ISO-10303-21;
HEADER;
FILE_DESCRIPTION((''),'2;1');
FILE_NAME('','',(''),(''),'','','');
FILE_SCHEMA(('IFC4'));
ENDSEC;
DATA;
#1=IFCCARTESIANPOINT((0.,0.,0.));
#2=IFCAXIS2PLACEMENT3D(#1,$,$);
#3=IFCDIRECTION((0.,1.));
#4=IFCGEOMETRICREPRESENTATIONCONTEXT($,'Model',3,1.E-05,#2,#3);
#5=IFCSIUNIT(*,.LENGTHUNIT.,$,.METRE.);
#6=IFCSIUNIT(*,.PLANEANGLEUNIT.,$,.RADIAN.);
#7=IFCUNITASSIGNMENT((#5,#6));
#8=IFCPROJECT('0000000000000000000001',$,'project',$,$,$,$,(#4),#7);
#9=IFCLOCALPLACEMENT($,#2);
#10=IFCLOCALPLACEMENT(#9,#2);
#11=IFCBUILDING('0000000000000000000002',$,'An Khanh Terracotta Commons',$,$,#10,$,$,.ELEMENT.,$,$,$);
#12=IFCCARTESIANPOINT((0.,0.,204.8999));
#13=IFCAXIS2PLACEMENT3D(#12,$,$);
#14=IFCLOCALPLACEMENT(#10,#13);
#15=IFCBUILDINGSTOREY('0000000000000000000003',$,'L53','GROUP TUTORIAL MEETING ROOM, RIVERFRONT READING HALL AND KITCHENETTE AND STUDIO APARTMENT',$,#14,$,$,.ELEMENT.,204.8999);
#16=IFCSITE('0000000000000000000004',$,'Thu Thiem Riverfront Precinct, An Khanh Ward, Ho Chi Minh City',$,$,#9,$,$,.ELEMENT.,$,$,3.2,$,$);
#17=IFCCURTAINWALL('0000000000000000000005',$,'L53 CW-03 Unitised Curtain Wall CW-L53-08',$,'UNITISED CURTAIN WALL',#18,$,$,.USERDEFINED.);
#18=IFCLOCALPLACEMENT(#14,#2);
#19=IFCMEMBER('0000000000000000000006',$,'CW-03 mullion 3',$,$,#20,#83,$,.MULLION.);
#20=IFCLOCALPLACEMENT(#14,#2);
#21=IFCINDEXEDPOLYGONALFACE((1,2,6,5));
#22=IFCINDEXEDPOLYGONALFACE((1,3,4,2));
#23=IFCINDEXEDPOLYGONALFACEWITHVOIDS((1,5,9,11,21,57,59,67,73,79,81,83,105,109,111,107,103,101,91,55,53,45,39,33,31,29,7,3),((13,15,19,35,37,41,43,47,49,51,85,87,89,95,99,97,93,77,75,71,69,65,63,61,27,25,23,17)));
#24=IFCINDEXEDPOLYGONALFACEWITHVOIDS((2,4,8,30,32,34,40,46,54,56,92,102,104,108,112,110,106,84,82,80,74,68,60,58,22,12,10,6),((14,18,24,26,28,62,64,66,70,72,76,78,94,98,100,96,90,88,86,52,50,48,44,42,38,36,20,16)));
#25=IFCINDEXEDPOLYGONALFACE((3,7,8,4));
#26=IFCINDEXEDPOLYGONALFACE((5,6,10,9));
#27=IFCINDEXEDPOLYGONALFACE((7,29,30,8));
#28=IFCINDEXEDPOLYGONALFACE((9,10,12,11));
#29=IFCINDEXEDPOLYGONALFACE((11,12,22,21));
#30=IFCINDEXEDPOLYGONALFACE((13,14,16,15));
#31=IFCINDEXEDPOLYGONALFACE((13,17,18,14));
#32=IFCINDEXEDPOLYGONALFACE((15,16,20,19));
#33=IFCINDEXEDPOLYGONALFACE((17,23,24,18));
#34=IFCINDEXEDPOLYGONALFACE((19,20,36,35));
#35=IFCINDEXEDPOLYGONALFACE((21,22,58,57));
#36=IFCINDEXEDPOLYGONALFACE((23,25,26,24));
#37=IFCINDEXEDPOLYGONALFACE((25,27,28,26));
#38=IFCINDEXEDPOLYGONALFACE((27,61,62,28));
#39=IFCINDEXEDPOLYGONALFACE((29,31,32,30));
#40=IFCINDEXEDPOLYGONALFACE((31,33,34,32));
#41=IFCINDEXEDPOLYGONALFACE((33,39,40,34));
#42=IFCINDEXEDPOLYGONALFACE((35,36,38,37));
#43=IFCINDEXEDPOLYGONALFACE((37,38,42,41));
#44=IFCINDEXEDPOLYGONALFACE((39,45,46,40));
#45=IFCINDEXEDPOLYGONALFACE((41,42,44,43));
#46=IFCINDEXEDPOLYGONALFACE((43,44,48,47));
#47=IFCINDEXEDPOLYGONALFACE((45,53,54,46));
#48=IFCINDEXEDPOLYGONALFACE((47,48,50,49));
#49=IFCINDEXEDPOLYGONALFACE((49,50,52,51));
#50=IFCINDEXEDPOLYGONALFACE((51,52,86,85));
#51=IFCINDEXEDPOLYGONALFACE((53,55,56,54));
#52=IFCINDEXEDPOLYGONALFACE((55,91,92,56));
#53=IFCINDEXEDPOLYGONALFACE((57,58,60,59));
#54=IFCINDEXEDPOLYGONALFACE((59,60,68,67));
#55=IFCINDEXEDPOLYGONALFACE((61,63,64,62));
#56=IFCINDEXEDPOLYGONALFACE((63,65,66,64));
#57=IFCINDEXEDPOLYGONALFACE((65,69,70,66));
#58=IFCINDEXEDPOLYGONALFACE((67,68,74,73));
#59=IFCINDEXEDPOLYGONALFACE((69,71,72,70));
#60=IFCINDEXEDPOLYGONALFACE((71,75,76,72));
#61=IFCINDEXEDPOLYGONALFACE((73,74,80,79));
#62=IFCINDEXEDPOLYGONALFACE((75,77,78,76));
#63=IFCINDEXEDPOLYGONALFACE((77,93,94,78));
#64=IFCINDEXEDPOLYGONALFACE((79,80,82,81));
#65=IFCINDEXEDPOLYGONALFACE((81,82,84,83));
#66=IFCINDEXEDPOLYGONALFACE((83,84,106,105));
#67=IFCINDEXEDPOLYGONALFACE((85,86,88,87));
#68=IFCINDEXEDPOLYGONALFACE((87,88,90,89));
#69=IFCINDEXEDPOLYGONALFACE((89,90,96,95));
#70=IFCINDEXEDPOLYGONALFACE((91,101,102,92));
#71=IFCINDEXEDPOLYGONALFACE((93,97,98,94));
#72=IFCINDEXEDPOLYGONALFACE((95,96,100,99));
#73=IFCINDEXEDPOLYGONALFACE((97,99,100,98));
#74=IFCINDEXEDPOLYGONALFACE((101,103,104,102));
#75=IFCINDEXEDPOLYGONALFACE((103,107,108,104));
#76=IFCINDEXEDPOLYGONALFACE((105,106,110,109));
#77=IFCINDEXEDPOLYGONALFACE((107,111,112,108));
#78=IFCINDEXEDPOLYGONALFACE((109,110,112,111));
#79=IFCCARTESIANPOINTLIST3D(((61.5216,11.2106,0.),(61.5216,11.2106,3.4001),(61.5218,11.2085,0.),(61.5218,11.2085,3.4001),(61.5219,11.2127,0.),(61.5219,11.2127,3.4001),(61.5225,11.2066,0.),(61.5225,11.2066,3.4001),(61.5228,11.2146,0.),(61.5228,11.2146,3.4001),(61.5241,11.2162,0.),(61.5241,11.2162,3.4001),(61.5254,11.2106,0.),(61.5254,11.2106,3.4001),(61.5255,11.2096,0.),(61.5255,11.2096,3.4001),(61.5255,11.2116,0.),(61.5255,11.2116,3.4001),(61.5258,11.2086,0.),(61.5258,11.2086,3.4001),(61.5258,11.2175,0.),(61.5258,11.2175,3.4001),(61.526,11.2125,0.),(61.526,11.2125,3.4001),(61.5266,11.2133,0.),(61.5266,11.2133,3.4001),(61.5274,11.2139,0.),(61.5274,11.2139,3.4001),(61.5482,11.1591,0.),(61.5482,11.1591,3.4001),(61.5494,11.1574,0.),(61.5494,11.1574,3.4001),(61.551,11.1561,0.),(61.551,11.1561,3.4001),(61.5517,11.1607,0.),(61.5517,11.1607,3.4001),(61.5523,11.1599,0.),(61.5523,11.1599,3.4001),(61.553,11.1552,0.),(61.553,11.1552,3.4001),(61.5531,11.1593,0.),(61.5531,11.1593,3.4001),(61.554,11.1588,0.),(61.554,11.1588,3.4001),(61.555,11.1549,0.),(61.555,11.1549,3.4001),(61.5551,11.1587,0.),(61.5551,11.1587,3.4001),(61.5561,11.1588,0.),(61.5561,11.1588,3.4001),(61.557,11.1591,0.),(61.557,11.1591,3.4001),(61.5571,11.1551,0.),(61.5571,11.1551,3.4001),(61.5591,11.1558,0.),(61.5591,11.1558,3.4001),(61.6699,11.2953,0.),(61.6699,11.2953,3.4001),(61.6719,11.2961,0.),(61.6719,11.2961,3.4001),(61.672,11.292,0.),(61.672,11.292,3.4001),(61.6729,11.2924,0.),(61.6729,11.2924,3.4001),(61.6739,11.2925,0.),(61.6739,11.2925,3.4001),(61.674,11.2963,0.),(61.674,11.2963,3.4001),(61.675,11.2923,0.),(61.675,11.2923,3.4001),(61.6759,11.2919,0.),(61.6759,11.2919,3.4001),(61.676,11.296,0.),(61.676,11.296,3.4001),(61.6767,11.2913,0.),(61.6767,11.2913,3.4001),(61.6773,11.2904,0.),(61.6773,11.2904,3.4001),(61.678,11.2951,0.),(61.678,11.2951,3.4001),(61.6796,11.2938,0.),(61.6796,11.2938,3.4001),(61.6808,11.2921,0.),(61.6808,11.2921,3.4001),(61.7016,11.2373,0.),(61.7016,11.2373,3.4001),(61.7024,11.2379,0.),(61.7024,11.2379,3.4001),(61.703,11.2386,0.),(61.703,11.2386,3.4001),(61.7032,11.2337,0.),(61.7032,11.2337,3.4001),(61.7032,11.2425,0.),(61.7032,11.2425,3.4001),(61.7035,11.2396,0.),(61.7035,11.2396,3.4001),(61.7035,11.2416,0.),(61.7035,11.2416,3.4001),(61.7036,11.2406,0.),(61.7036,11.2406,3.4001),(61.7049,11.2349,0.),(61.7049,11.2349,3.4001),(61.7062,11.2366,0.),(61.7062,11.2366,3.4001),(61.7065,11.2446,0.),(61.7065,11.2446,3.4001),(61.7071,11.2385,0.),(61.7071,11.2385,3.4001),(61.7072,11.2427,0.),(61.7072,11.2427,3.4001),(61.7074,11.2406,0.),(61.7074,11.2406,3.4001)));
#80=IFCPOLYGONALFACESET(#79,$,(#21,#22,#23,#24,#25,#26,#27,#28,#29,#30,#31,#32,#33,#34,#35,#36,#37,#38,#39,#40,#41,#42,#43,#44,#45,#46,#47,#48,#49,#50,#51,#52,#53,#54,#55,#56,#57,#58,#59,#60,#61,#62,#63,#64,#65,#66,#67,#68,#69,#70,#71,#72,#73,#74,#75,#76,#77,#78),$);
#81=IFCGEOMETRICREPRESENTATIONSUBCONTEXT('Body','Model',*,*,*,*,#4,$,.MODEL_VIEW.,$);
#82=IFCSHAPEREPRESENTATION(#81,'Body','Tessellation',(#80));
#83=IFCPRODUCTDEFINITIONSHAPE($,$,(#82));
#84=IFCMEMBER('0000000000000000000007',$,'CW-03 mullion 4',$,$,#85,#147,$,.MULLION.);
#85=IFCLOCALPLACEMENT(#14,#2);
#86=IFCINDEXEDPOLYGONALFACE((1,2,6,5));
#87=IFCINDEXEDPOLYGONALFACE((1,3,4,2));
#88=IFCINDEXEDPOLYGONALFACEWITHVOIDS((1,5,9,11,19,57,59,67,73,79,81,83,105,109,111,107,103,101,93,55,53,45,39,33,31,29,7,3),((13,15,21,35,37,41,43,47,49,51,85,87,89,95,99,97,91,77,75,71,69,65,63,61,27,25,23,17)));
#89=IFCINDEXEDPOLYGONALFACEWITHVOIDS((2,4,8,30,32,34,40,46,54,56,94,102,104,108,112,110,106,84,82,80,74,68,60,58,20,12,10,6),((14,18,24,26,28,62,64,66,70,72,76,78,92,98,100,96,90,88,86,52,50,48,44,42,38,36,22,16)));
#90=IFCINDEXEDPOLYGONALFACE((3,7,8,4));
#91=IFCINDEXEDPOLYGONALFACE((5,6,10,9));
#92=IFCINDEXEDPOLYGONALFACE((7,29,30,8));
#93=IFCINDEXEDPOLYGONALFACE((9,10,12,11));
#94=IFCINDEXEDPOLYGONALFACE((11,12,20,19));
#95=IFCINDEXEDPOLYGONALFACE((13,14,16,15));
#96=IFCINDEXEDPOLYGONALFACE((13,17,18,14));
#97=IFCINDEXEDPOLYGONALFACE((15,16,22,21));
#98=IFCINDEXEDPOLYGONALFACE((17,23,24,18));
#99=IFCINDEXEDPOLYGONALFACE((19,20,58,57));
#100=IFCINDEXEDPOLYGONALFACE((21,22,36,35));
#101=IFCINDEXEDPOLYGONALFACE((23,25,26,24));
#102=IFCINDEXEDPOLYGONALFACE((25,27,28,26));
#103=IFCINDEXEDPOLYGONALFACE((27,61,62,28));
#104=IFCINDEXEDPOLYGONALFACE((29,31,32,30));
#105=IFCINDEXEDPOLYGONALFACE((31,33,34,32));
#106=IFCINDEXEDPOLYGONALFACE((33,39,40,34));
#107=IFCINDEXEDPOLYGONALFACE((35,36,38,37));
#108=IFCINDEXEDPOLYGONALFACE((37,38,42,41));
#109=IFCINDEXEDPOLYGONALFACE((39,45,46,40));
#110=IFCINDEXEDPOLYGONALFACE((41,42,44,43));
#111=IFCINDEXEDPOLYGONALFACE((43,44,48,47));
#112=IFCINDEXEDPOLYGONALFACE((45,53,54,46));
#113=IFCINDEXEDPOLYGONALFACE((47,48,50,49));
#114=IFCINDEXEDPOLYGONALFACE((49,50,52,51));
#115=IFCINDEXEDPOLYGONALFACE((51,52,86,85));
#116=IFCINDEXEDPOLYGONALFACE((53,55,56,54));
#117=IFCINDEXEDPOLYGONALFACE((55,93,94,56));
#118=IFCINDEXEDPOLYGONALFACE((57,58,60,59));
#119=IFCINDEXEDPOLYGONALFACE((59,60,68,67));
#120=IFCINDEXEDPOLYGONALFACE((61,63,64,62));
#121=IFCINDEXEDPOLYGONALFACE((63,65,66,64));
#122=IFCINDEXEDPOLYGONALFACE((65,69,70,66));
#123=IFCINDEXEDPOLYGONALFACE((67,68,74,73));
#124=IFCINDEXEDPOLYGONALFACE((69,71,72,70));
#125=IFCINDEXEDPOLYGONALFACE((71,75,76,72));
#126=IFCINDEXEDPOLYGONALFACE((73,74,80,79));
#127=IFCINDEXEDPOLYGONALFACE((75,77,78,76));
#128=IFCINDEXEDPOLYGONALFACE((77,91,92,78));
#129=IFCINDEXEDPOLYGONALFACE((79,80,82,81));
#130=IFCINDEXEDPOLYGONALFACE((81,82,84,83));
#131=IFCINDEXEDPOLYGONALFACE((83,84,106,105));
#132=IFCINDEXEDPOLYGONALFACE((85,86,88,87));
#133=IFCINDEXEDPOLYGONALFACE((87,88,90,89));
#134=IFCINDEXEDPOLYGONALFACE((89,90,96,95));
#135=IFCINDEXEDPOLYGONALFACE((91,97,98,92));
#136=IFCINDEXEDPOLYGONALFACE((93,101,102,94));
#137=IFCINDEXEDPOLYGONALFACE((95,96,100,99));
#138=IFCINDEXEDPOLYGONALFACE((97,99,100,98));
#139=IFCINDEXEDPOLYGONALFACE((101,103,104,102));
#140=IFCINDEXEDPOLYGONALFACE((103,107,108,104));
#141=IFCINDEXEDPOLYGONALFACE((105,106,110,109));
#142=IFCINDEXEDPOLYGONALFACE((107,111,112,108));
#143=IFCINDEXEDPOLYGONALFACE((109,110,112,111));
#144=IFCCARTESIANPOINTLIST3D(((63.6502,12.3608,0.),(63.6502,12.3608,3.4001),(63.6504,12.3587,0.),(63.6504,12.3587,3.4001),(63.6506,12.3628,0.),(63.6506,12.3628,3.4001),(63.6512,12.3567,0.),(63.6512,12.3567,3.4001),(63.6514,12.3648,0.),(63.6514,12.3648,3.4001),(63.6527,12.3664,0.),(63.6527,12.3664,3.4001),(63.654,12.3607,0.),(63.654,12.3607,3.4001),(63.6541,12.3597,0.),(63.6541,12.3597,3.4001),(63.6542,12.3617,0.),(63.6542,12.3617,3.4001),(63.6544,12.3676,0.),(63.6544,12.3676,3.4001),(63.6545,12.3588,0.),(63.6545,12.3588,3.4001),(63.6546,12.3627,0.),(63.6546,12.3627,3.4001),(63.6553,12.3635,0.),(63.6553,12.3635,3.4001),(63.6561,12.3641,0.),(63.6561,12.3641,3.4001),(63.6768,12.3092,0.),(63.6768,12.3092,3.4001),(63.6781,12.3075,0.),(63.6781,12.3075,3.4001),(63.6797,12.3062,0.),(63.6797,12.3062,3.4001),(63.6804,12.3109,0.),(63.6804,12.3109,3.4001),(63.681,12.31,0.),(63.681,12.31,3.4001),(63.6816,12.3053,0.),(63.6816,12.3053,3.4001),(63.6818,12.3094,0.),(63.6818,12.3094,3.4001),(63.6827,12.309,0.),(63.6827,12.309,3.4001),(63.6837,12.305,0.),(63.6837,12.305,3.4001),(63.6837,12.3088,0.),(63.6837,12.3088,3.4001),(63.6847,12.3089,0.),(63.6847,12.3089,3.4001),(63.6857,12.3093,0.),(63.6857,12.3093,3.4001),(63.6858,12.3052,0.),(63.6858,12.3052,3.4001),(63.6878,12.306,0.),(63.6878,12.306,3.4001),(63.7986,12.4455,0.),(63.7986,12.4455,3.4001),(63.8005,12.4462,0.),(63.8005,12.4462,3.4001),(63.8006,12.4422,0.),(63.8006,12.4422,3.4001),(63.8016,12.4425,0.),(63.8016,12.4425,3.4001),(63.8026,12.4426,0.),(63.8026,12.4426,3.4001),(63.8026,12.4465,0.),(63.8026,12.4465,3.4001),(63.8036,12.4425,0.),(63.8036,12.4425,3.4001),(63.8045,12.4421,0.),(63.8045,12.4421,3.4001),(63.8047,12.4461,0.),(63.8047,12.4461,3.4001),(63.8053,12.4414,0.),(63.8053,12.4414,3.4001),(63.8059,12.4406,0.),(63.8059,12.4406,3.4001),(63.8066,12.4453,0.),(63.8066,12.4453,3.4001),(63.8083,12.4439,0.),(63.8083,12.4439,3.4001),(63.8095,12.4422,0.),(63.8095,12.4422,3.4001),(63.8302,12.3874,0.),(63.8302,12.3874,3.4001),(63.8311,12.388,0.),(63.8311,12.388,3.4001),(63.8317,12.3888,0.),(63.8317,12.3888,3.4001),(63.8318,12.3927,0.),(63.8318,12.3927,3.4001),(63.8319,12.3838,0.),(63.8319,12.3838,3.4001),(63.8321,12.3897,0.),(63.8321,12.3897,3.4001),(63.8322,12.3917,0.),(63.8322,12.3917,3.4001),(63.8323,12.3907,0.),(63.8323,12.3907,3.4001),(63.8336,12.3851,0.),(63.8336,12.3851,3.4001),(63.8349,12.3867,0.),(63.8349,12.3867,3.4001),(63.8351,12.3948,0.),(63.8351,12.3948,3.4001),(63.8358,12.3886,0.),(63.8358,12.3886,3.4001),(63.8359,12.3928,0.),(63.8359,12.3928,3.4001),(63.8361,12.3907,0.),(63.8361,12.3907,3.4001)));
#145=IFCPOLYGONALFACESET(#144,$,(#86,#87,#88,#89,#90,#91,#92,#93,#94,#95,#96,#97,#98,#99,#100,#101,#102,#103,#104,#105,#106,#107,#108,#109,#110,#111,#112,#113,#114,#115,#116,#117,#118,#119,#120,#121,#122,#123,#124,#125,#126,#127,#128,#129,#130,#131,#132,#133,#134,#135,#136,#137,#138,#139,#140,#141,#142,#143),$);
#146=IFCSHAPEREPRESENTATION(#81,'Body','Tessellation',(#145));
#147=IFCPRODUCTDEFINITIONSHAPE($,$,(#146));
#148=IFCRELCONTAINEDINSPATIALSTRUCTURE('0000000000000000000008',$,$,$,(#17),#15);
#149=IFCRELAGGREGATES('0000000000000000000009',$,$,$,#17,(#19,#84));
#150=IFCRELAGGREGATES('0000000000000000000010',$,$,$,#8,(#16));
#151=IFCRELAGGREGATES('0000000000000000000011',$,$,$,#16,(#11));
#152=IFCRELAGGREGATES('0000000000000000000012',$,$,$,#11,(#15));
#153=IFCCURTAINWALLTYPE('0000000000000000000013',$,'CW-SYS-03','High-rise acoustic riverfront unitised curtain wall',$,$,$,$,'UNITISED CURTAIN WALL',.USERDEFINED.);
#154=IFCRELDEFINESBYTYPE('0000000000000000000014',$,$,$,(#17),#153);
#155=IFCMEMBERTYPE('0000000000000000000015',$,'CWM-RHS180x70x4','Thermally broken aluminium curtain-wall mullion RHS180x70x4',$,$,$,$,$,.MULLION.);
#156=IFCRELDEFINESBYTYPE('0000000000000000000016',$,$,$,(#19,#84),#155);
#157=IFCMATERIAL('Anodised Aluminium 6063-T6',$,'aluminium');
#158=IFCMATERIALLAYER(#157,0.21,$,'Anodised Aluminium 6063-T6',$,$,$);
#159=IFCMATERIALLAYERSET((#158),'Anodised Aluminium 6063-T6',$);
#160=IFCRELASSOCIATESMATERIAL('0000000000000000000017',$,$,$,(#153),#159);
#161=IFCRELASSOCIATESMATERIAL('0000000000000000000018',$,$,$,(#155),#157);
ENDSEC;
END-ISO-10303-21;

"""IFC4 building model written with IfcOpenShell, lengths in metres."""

from ifc_helpers import new_model, si_unit, direction, frame, origin, origin_2d, place, context, subcontext, project, spatial, hollow_rectangle, extrude, material, layer, layer_set, material_profile, profile_set, type_object, element, aggregate, save


model = new_model("IFC4")

# Units and contexts
model_context = context("Model", 3, precision=1e-05, world=origin(), true_north=direction((0.0, 1.0)))
body_context = subcontext(model_context, "Body", "Model", "MODEL_VIEW")
ifc_project = project(units=[si_unit("LENGTHUNIT", "METRE"), si_unit("PLANEANGLEUNIT", "RADIAN")], contexts=[model_context])

# Site, building, storey
site_placement = place(None, origin())
site = spatial("IfcSite", under=ifc_project, at=site_placement, Name="Thu Thiem Riverfront Precinct, An Khanh Ward, Ho Chi Minh City", CompositionType="ELEMENT", RefElevation=3.2)
building_placement = place(site_placement, origin())
building = spatial("IfcBuilding", under=site, at=building_placement, Name="An Khanh Terracotta Commons", CompositionType="ELEMENT")
storey_placement = place(building_placement, frame((0.0, 0.0, 204.8999)))
storey = spatial("IfcBuildingStorey", under=building, at=storey_placement, Name="L53", Description="GROUP TUTORIAL MEETING ROOM, RIVERFRONT READING HALL AND KITCHENETTE AND STUDIO APARTMENT", CompositionType="ELEMENT", Elevation=204.8999)

# Curtain wall, members
ifc_material_1 = material(Name="Anodised Aluminium 6063-T6", Category="aluminium")
ifc_layer_1 = layer(ifc_material_1, 0.21, Name="Anodised Aluminium 6063-T6")
ifc_layer_set_1 = layer_set([ifc_layer_1], Name="Anodised Aluminium 6063-T6")
curtain_wall_type = type_object("IfcCurtainWallType", Name="CW-SYS-03", Description="High-rise acoustic riverfront unitised curtain wall", ElementType="UNITISED CURTAIN WALL", PredefinedType="USERDEFINED", material=ifc_layer_set_1)
curtain_wall_1_placement = place(storey_placement, origin())
curtain_wall_1 = element("IfcCurtainWall", 1, at=curtain_wall_1_placement, inside=storey, type_object=curtain_wall_type, Name="L53 CW-03 Unitised Curtain Wall CW-L53-08", ObjectType="UNITISED CURTAIN WALL", PredefinedType="USERDEFINED")
ifc_material_profile_1 = material_profile(ifc_material_1, hollow_rectangle(XDim=0.0701, YDim=0.1799, WallThickness=0.0039, InnerFilletRadius=0.0039, OuterFilletRadius=0.0081, at=origin_2d()), Name="RHS180x70x4")
ifc_profile_set_1 = profile_set([ifc_material_profile_1], Name="Anodised Aluminium 6063-T6")
member_type_1 = type_object("IfcMemberType", Name="CWM-RHS180x70x4", Description="Thermally broken aluminium curtain-wall mullion RHS180x70x4", PredefinedType="MULLION", material=ifc_profile_set_1)
member_1_placement = place(storey_placement, frame((61.6145, 11.2256, 0.0), z_axis=(0.0, 0.0, 1.0), x_axis=(-0.475381, 0.87978, 0.0)))
member_1 = element("IfcMember", 2, at=member_1_placement, type_object=member_type_1, Name="CW-03 mullion 3", PredefinedType="MULLION", context=body_context, shape_type="SweptSolid", body=[
    extrude(hollow_rectangle(XDim=0.0701, YDim=0.1799, WallThickness=0.0039, InnerFilletRadius=0.0039, OuterFilletRadius=0.0081, at=origin_2d()), origin(), (0.0, 0.0, 1.0), 3.4001),
])
member_2_placement = place(storey_placement, frame((63.7432, 12.3757, 0.0), z_axis=(0.0, 0.0, 1.0), x_axis=(-0.475381, 0.87978, 0.0)))
member_2 = element("IfcMember", 3, at=member_2_placement, type_object=member_type_1, Name="CW-03 mullion 4", PredefinedType="MULLION", context=body_context, shape_type="SweptSolid", body=[
    extrude(hollow_rectangle(XDim=0.0701, YDim=0.1799, WallThickness=0.0039, InnerFilletRadius=0.0039, OuterFilletRadius=0.0081, at=origin_2d()), origin(), (0.0, 0.0, 1.0), 3.4001),
])

aggregate(curtain_wall_1, [member_1, member_2])

save(model, "model.ifc")
